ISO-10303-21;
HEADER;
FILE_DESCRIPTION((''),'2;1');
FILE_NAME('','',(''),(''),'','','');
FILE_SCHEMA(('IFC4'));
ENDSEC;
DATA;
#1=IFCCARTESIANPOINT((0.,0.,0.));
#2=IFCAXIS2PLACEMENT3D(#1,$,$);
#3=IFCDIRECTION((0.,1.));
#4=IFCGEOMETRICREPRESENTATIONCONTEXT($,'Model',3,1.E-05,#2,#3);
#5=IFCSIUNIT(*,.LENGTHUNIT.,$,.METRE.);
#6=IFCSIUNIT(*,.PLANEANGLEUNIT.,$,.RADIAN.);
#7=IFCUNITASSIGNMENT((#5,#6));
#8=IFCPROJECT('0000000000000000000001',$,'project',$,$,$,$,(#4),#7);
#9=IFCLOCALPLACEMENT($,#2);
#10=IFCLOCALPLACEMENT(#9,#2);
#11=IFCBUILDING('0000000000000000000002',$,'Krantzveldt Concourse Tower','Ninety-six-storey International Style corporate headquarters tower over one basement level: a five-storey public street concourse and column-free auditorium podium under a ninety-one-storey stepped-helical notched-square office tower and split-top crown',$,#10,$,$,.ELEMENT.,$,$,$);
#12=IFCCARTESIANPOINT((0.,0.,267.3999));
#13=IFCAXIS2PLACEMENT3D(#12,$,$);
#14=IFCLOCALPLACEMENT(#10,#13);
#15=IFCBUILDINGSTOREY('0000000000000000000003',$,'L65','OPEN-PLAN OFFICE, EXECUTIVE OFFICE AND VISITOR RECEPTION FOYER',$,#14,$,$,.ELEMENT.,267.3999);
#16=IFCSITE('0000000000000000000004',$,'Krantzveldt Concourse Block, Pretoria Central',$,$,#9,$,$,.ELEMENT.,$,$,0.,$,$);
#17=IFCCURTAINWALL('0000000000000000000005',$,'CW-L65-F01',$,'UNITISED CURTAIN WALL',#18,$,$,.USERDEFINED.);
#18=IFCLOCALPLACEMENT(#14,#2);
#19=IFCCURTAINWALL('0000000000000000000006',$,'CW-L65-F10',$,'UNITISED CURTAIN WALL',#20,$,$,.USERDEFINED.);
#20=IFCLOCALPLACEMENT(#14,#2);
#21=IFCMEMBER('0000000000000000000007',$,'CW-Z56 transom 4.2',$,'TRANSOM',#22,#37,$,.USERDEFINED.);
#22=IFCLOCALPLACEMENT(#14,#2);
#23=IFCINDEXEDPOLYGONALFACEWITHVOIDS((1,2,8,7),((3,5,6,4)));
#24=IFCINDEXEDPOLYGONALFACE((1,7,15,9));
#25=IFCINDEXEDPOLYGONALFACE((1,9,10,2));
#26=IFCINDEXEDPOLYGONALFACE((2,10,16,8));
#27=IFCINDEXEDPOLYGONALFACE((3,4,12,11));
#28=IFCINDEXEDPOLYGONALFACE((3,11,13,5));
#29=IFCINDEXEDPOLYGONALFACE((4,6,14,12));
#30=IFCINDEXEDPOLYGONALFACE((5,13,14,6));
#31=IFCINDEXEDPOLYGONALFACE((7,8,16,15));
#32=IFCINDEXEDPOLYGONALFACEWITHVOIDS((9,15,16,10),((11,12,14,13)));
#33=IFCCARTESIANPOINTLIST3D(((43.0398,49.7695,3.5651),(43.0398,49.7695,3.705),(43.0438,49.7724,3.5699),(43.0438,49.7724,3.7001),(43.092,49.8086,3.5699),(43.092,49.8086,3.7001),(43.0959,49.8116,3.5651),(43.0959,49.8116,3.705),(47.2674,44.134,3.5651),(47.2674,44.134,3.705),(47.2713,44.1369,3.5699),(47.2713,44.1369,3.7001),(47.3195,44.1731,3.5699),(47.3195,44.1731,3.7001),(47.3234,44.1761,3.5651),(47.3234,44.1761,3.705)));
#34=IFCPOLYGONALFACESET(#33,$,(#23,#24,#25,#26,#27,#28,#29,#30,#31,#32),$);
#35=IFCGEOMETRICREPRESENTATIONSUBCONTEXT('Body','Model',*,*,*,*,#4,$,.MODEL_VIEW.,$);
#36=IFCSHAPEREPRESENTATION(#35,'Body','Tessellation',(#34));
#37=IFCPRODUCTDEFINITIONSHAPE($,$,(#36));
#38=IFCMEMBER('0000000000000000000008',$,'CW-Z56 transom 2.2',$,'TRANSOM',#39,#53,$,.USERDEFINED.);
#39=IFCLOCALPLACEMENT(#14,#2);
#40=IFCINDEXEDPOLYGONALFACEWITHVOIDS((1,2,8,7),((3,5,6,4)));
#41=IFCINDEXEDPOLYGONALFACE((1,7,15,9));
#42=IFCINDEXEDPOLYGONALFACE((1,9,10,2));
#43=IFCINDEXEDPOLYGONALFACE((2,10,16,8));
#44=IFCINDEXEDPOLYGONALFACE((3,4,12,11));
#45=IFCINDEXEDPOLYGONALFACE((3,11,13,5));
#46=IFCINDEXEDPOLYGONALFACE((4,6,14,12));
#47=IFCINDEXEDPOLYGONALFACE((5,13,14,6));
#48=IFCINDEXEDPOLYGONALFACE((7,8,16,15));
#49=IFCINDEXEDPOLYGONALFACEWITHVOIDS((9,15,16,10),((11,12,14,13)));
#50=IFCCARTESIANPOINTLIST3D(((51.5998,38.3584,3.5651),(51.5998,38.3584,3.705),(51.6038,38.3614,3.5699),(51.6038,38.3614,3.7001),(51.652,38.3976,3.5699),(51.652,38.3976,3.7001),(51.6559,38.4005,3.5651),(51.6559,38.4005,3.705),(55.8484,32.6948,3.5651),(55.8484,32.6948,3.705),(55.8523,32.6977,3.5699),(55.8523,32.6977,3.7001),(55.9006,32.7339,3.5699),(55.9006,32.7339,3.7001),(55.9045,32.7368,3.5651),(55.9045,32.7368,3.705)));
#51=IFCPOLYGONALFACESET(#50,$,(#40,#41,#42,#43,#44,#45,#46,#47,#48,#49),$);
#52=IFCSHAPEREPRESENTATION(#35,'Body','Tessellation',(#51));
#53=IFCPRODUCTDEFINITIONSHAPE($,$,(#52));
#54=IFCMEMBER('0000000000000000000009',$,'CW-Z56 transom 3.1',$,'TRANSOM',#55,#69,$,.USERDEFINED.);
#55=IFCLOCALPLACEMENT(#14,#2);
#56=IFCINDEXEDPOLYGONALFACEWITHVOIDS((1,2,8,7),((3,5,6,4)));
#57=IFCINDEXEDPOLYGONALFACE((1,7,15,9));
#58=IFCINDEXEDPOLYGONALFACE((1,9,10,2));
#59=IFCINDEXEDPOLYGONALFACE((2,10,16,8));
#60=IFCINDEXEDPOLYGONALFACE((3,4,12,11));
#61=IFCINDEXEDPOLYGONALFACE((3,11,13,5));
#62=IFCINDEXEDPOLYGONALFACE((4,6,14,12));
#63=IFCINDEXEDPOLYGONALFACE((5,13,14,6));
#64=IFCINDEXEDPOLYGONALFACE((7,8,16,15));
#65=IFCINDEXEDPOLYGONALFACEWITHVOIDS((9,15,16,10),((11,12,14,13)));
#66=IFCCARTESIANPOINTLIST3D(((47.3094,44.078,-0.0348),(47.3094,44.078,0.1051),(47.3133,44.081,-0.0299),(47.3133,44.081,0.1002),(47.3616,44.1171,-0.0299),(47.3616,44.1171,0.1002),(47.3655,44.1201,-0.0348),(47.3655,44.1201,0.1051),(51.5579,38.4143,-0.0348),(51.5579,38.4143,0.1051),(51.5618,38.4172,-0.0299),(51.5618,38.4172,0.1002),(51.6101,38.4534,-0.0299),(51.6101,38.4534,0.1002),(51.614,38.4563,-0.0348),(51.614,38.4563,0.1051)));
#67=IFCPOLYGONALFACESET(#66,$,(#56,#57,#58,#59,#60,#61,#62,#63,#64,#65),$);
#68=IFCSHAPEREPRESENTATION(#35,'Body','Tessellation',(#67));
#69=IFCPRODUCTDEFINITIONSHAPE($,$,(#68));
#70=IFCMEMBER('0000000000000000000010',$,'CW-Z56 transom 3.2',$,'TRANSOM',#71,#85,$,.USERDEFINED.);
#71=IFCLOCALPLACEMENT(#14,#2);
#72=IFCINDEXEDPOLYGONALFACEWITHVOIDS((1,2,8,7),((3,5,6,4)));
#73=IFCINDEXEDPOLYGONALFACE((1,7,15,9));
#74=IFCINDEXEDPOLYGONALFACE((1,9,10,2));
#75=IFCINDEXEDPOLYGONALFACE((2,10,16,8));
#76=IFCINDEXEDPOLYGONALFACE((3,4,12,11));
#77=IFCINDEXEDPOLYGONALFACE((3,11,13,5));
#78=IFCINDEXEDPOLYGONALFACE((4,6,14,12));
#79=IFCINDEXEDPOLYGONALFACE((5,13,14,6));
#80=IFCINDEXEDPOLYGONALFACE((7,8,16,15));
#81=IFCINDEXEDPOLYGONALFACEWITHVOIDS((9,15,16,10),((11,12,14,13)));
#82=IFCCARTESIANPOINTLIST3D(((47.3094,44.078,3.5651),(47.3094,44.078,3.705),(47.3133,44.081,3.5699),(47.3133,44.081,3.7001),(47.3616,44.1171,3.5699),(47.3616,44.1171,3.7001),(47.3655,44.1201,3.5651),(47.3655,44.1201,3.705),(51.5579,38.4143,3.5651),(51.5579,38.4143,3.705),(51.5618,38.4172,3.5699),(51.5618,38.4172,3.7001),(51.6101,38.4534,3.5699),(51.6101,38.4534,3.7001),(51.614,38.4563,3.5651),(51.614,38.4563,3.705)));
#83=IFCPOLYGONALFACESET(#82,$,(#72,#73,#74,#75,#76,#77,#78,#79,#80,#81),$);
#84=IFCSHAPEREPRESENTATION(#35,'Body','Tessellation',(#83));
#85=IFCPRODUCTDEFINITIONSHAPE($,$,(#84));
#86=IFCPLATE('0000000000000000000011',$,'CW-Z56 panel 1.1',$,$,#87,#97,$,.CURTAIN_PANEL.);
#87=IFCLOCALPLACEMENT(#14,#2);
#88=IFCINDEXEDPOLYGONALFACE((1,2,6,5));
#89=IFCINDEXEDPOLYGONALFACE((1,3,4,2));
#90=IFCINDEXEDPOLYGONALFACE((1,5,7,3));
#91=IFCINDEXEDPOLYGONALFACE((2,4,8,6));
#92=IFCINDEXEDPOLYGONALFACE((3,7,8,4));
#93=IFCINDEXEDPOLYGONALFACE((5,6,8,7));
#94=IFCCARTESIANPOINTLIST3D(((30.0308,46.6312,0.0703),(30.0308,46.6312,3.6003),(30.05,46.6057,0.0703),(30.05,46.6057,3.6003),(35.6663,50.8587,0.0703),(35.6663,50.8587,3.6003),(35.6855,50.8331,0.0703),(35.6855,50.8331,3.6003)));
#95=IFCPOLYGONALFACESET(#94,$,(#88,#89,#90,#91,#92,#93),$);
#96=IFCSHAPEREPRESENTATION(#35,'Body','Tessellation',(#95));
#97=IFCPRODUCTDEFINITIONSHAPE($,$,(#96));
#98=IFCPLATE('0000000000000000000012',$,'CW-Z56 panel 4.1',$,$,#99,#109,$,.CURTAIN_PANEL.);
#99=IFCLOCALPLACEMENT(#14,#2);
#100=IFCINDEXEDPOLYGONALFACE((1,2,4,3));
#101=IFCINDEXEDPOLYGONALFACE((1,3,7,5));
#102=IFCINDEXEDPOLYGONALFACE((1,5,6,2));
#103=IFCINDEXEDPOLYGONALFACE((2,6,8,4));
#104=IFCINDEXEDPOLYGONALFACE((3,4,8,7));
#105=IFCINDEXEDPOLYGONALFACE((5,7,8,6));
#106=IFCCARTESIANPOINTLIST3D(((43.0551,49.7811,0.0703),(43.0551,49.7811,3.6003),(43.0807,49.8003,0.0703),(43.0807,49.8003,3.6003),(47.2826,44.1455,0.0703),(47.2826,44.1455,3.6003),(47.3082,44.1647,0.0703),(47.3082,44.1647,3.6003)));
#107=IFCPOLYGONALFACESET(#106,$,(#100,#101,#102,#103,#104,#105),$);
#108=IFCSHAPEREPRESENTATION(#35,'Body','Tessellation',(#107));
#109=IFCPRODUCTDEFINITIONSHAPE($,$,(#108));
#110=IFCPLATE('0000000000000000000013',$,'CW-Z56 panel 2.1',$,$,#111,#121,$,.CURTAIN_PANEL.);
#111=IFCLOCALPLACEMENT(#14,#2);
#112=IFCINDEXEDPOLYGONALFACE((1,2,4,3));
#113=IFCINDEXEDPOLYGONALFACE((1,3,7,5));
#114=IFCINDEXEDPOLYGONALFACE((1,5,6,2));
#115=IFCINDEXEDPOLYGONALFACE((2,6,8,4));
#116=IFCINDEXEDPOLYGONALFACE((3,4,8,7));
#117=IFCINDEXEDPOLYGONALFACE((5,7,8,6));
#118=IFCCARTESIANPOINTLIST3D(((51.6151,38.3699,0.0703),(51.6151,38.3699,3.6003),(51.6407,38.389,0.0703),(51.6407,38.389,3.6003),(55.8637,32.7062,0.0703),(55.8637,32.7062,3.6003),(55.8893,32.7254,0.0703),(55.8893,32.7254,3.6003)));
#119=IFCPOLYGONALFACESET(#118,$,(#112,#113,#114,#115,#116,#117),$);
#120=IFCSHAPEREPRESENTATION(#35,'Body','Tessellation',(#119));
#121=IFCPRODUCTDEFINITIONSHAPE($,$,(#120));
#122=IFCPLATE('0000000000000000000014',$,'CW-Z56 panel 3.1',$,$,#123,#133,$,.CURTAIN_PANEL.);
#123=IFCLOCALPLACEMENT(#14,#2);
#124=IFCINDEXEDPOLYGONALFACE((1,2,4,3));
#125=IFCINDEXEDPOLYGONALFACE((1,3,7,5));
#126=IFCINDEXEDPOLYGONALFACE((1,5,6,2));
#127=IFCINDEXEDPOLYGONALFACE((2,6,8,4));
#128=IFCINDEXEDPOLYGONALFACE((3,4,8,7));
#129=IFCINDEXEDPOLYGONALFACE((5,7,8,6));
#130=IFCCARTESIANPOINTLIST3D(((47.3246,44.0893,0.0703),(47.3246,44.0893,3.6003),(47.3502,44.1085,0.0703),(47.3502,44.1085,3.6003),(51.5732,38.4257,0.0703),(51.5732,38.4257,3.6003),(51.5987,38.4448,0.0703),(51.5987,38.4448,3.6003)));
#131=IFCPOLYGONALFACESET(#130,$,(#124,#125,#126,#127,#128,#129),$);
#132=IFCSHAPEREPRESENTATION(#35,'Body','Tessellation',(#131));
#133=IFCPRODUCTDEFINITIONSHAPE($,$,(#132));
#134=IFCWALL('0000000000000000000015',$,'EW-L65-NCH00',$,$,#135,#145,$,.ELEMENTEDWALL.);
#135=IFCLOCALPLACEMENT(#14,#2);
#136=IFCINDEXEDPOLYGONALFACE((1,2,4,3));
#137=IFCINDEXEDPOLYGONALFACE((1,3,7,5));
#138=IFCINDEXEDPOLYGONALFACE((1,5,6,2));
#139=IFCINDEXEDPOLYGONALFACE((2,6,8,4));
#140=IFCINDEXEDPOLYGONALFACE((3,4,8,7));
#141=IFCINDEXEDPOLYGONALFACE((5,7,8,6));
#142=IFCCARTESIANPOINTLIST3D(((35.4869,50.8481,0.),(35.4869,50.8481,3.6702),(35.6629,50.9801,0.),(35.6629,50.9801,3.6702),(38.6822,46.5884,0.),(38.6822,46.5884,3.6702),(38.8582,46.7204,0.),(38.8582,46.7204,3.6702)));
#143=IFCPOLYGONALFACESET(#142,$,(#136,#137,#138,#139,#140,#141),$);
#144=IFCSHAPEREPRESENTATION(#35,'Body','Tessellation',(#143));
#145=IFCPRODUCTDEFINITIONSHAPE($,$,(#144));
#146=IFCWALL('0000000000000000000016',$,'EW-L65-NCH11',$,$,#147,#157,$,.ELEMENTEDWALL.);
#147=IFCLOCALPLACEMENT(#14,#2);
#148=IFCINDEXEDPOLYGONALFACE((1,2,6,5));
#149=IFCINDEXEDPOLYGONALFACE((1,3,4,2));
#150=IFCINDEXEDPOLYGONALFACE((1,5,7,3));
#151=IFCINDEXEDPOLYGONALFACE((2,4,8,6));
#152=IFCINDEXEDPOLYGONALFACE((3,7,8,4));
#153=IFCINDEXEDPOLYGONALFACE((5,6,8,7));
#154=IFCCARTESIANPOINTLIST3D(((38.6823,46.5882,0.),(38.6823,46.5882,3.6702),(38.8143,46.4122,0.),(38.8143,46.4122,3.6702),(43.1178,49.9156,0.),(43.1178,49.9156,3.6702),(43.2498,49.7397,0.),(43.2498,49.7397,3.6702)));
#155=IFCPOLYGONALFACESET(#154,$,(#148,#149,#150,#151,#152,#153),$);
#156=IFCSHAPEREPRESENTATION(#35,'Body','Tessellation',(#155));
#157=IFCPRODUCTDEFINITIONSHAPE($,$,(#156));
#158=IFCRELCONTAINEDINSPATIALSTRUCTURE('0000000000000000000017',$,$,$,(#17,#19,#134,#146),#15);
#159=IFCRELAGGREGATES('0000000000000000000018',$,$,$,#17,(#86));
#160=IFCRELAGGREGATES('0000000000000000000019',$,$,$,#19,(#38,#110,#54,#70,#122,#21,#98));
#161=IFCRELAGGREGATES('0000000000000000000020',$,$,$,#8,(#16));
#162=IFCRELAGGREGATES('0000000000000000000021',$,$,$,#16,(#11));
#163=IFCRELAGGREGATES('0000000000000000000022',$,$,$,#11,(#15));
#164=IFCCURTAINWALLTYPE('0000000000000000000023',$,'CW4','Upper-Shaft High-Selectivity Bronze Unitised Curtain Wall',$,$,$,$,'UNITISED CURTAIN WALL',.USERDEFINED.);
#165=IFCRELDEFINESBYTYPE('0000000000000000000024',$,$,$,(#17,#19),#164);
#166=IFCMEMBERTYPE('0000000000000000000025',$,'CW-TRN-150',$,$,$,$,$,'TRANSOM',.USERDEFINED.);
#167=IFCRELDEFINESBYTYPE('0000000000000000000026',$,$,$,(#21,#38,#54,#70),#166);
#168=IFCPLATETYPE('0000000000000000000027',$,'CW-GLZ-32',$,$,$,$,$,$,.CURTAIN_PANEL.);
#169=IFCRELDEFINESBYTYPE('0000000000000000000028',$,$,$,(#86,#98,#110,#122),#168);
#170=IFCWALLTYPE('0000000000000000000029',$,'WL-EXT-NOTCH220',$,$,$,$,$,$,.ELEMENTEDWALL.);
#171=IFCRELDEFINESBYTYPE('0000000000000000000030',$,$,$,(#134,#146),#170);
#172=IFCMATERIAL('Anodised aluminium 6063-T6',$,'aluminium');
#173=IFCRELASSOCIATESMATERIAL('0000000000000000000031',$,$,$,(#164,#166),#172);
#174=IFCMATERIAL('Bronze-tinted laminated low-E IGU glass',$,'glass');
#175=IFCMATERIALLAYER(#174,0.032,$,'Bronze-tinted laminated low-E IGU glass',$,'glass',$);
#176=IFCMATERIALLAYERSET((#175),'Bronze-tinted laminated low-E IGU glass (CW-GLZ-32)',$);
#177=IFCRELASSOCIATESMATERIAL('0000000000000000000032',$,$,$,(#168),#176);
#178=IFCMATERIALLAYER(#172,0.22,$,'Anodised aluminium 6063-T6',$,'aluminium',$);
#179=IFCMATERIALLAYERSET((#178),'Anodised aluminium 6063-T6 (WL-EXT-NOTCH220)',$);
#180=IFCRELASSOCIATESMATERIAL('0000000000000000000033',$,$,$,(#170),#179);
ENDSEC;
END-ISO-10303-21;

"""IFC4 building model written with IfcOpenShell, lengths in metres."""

from ifc_helpers import new_model, si_unit, direction, frame, frame_2d, origin, origin_2d, place, context, subcontext, project, spatial, rectangle, hollow_rectangle, extrude, source, transform, mapped, material, layer, layer_set, material_profile, profile_set, type_object, type_shapes, element, aggregate, save


model = new_model("IFC4")

# Units and contexts
model_context = context("Model", 3, precision=1e-05, world=origin(), true_north=direction((0.0, 1.0)))
body_context = subcontext(model_context, "Body", "Model", "MODEL_VIEW")
ifc_project = project(units=[si_unit("LENGTHUNIT", "METRE"), si_unit("PLANEANGLEUNIT", "RADIAN")], contexts=[model_context])

# Site, building, storey
site_placement = place(None, origin())
site = spatial("IfcSite", under=ifc_project, at=site_placement, Name="Krantzveldt Concourse Block, Pretoria Central", CompositionType="ELEMENT", RefElevation=0.0)
building_placement = place(site_placement, origin())
building = spatial("IfcBuilding", under=site, at=building_placement, Name="Krantzveldt Concourse Tower", Description="Ninety-six-storey International Style corporate headquarters tower over one basement level: a five-storey public street concourse and column-free auditorium podium under a ninety-one-storey stepped-helical notched-square office tower and split-top crown", CompositionType="ELEMENT")
storey_placement = place(building_placement, frame((0.0, 0.0, 267.3999)))
storey = spatial("IfcBuildingStorey", under=building, at=storey_placement, Name="L65", Description="OPEN-PLAN OFFICE, EXECUTIVE OFFICE AND VISITOR RECEPTION FOYER", CompositionType="ELEMENT", Elevation=267.3999)

# Curtain wall
ifc_material_1 = material(Name="Anodised aluminium 6063-T6", Category="aluminium")
curtain_wall_type = type_object("IfcCurtainWallType", Name="CW4", Description="Upper-Shaft High-Selectivity Bronze Unitised Curtain Wall", ElementType="UNITISED CURTAIN WALL", PredefinedType="USERDEFINED", material=ifc_material_1)
curtain_wall_1_placement = place(storey_placement, origin())
curtain_wall_1 = element("IfcCurtainWall", 1, at=curtain_wall_1_placement, inside=storey, type_object=curtain_wall_type, Name="CW-L65-F01", ObjectType="UNITISED CURTAIN WALL", PredefinedType="USERDEFINED")

# Curtain wall
curtain_wall_2_placement = place(storey_placement, origin())
curtain_wall_2 = element("IfcCurtainWall", 2, at=curtain_wall_2_placement, inside=storey, type_object=curtain_wall_type, Name="CW-L65-F10", ObjectType="UNITISED CURTAIN WALL", PredefinedType="USERDEFINED")

# Members
ifc_material_profile_1 = material_profile(ifc_material_1, hollow_rectangle(XDim=0.0701, YDim=0.1399, WallThickness=0.0049, at=origin_2d()), Name="Anodised aluminium 6063-T6", Category="aluminium")
ifc_profile_set_1 = profile_set([ifc_material_profile_1], Name="Anodised aluminium 6063-T6 - ALU-TRAN 140x70x5")
member_type_1 = type_object("IfcMemberType", Name="CW-TRN-150", ElementType="TRANSOM", PredefinedType="USERDEFINED", material=ifc_profile_set_1)
shared_shape_1 = source(origin(), body_context, "Body", "SweptSolid", [
    extrude(hollow_rectangle(XDim=0.0701, YDim=0.1399, WallThickness=0.0049, at=origin_2d()), origin(), (0.0, 0.0, 1.0), 7.0449),
])
member_1_placement = place(storey_placement, frame((47.2954, 44.155, 3.635), z_axis=(-0.600083, 0.799938, 0.0), x_axis=(-0.799938, -0.600083, 0.0)))
member_1 = element("IfcMember", 3, at=member_1_placement, type_object=member_type_1, Name="CW-Z56 transom 4.2", ObjectType="TRANSOM", PredefinedType="USERDEFINED", context=body_context, shape_type="MappedRepresentation", body=[
    mapped(shared_shape_1, transform((0.0, 0.0, 0.0), x_axis=(1.0, 0.0, 0.0), y_axis=(0.0, 1.0, 0.0), z_axis=(0.0, 0.0, 1.0), scale=1.0)),
])
shared_shape_2 = source(origin(), body_context, "Body", "SweptSolid", [
    extrude(hollow_rectangle(XDim=0.0701, YDim=0.1399, WallThickness=0.0049, at=origin_2d()), origin(), (0.0, 0.0, 1.0), 7.0801),
])
type_shapes(member_type_1, [shared_shape_1, shared_shape_2])
member_2_placement = place(storey_placement, frame((55.8765, 32.7158, 3.635), z_axis=(-0.600077, 0.799942, 0.0), x_axis=(-0.799942, -0.600077, 0.0)))
member_2 = element("IfcMember", 4, at=member_2_placement, type_object=member_type_1, Name="CW-Z56 transom 2.2", ObjectType="TRANSOM", PredefinedType="USERDEFINED", context=body_context, shape_type="MappedRepresentation", body=[
    mapped(shared_shape_2, transform((0.0, 0.0, 0.0), x_axis=(1.0, 0.0, 0.0), y_axis=(0.0, 1.0, 0.0), z_axis=(0.0, 0.0, 1.0), scale=1.0)),
])
member_3_placement = place(storey_placement, frame((51.5859, 38.4353, 0.0352), z_axis=(-0.600061, 0.799954, 0.0), x_axis=(-0.799954, -0.600061, 0.0)))
member_3 = element("IfcMember", 5, at=member_3_placement, type_object=member_type_1, Name="CW-Z56 transom 3.1", ObjectType="TRANSOM", PredefinedType="USERDEFINED", context=body_context, shape_type="MappedRepresentation", body=[
    mapped(shared_shape_2, transform((0.0, 0.0, 0.0), x_axis=(1.0, 0.0, 0.0), y_axis=(0.0, 1.0, 0.0), z_axis=(0.0, 0.0, 1.0), scale=1.0)),
])
member_4_placement = place(storey_placement, frame((51.5859, 38.4353, 3.635), z_axis=(-0.600061, 0.799954, 0.0), x_axis=(-0.799954, -0.600061, 0.0)))
member_4 = element("IfcMember", 6, at=member_4_placement, type_object=member_type_1, Name="CW-Z56 transom 3.2", ObjectType="TRANSOM", PredefinedType="USERDEFINED", context=body_context, shape_type="MappedRepresentation", body=[
    mapped(shared_shape_2, transform((0.0, 0.0, 0.0), x_axis=(1.0, 0.0, 0.0), y_axis=(0.0, 1.0, 0.0), z_axis=(0.0, 0.0, 1.0), scale=1.0)),
])

# Plates
ifc_material_2 = material(Name="Bronze-tinted laminated low-E IGU glass", Category="glass")
ifc_layer_1 = layer(ifc_material_2, 0.032, Name="Bronze-tinted laminated low-E IGU glass", Category="glass")
ifc_layer_set_1 = layer_set([ifc_layer_1], Name="Bronze-tinted laminated low-E IGU glass (CW-GLZ-32)")
plate_type = type_object("IfcPlateType", Name="CW-GLZ-32", PredefinedType="CURTAIN_PANEL", material=ifc_layer_set_1)
shared_shape_3 = source(origin(), body_context, "Body", "SweptSolid", [
    extrude(rectangle(XDim=7.0449, YDim=0.032, at=origin_2d()), origin(), (0.0, 0.0, 1.0), 3.53),
])
plate_1_placement = place(storey_placement, frame((32.8582, 48.7322, 0.0703), z_axis=(0.0, 0.0, 1.0), x_axis=(-0.799947, -0.600071, 0.0)))
plate_1 = element("IfcPlate", 7, at=plate_1_placement, type_object=plate_type, Name="CW-Z56 panel 1.1", PredefinedType="CURTAIN_PANEL", context=body_context, shape_type="MappedRepresentation", body=[
    mapped(shared_shape_3, transform((0.0, 0.0, 0.0), x_axis=(1.0, 0.0, 0.0), y_axis=(0.0, 1.0, 0.0), z_axis=(0.0, 0.0, 1.0), scale=1.0)),
])
aggregate(curtain_wall_1, [plate_1])
plate_2_placement = place(storey_placement, frame((45.1816, 46.9729, 0.0703), z_axis=(0.0, 0.0, 1.0), x_axis=(-0.600071, 0.799947, 0.0)))
plate_2 = element("IfcPlate", 8, at=plate_2_placement, type_object=plate_type, Name="CW-Z56 panel 4.1", PredefinedType="CURTAIN_PANEL", context=body_context, shape_type="MappedRepresentation", body=[
    mapped(shared_shape_3, transform((0.0, 0.0, 0.0), x_axis=(1.0, 0.0, 0.0), y_axis=(0.0, 1.0, 0.0), z_axis=(0.0, 0.0, 1.0), scale=1.0)),
])
shared_shape_4 = source(origin(), body_context, "Body", "SweptSolid", [
    extrude(rectangle(XDim=7.0801, YDim=0.032, at=origin_2d()), origin(), (0.0, 0.0, 1.0), 3.53),
])
type_shapes(plate_type, [shared_shape_3, shared_shape_4])
plate_3_placement = place(storey_placement, frame((53.7522, 35.5476, 0.0703), z_axis=(0.0, 0.0, 1.0), x_axis=(-0.600071, 0.799947, 0.0)))
plate_3 = element("IfcPlate", 9, at=plate_3_placement, type_object=plate_type, Name="CW-Z56 panel 2.1", PredefinedType="CURTAIN_PANEL", context=body_context, shape_type="MappedRepresentation", body=[
    mapped(shared_shape_4, transform((0.0, 0.0, 0.0), x_axis=(1.0, 0.0, 0.0), y_axis=(0.0, 1.0, 0.0), z_axis=(0.0, 0.0, 1.0), scale=1.0)),
])
plate_4_placement = place(storey_placement, frame((49.4617, 41.2671, 0.0703), z_axis=(0.0, 0.0, 1.0), x_axis=(-0.600071, 0.799947, 0.0)))
plate_4 = element("IfcPlate", 10, at=plate_4_placement, type_object=plate_type, Name="CW-Z56 panel 3.1", PredefinedType="CURTAIN_PANEL", context=body_context, shape_type="MappedRepresentation", body=[
    mapped(shared_shape_4, transform((0.0, 0.0, 0.0), x_axis=(1.0, 0.0, 0.0), y_axis=(0.0, 1.0, 0.0), z_axis=(0.0, 0.0, 1.0), scale=1.0)),
])
aggregate(curtain_wall_2, [member_2, plate_3, member_3, member_4, plate_4, member_1, plate_2])

# Walls
ifc_layer_2 = layer(ifc_material_1, 0.22, Name="Anodised aluminium 6063-T6", Category="aluminium")
ifc_layer_set_2 = layer_set([ifc_layer_2], Name="Anodised aluminium 6063-T6 (WL-EXT-NOTCH220)")
wall_type = type_object("IfcWallType", Name="WL-EXT-NOTCH220", PredefinedType="ELEMENTEDWALL", material=ifc_layer_set_2)
wall_1_placement = place(storey_placement, frame((38.7703, 46.6543, 0.0), z_axis=(0.0, 0.0, 1.0), x_axis=(-0.600059, 0.799956, 0.0)))
element("IfcWall", 11, at=wall_1_placement, inside=storey, type_object=wall_type, Name="EW-L65-NCH00", PredefinedType="ELEMENTEDWALL", context=body_context, shape_type="SweptSolid", body=[
    extrude(rectangle(XDim=5.325, YDim=0.22, at=frame_2d((2.6626, 0.0))), origin(), (0.0, 0.0, 1.0), 3.6702),
])
wall_2_placement = place(storey_placement, frame((43.1838, 49.8276, 0.0), z_axis=(0.0, 0.0, 1.0), x_axis=(-0.799937, -0.600085, 0.0)))
element("IfcWall", 12, at=wall_2_placement, inside=storey, type_object=wall_type, Name="EW-L65-NCH11", PredefinedType="ELEMENTEDWALL", context=body_context, shape_type="SweptSolid", body=[
    extrude(rectangle(XDim=5.5449, YDim=0.22, at=frame_2d((2.7725, 0.0))), origin(), (0.0, 0.0, 1.0), 3.6702),
])

save(model, "model.ifc")
